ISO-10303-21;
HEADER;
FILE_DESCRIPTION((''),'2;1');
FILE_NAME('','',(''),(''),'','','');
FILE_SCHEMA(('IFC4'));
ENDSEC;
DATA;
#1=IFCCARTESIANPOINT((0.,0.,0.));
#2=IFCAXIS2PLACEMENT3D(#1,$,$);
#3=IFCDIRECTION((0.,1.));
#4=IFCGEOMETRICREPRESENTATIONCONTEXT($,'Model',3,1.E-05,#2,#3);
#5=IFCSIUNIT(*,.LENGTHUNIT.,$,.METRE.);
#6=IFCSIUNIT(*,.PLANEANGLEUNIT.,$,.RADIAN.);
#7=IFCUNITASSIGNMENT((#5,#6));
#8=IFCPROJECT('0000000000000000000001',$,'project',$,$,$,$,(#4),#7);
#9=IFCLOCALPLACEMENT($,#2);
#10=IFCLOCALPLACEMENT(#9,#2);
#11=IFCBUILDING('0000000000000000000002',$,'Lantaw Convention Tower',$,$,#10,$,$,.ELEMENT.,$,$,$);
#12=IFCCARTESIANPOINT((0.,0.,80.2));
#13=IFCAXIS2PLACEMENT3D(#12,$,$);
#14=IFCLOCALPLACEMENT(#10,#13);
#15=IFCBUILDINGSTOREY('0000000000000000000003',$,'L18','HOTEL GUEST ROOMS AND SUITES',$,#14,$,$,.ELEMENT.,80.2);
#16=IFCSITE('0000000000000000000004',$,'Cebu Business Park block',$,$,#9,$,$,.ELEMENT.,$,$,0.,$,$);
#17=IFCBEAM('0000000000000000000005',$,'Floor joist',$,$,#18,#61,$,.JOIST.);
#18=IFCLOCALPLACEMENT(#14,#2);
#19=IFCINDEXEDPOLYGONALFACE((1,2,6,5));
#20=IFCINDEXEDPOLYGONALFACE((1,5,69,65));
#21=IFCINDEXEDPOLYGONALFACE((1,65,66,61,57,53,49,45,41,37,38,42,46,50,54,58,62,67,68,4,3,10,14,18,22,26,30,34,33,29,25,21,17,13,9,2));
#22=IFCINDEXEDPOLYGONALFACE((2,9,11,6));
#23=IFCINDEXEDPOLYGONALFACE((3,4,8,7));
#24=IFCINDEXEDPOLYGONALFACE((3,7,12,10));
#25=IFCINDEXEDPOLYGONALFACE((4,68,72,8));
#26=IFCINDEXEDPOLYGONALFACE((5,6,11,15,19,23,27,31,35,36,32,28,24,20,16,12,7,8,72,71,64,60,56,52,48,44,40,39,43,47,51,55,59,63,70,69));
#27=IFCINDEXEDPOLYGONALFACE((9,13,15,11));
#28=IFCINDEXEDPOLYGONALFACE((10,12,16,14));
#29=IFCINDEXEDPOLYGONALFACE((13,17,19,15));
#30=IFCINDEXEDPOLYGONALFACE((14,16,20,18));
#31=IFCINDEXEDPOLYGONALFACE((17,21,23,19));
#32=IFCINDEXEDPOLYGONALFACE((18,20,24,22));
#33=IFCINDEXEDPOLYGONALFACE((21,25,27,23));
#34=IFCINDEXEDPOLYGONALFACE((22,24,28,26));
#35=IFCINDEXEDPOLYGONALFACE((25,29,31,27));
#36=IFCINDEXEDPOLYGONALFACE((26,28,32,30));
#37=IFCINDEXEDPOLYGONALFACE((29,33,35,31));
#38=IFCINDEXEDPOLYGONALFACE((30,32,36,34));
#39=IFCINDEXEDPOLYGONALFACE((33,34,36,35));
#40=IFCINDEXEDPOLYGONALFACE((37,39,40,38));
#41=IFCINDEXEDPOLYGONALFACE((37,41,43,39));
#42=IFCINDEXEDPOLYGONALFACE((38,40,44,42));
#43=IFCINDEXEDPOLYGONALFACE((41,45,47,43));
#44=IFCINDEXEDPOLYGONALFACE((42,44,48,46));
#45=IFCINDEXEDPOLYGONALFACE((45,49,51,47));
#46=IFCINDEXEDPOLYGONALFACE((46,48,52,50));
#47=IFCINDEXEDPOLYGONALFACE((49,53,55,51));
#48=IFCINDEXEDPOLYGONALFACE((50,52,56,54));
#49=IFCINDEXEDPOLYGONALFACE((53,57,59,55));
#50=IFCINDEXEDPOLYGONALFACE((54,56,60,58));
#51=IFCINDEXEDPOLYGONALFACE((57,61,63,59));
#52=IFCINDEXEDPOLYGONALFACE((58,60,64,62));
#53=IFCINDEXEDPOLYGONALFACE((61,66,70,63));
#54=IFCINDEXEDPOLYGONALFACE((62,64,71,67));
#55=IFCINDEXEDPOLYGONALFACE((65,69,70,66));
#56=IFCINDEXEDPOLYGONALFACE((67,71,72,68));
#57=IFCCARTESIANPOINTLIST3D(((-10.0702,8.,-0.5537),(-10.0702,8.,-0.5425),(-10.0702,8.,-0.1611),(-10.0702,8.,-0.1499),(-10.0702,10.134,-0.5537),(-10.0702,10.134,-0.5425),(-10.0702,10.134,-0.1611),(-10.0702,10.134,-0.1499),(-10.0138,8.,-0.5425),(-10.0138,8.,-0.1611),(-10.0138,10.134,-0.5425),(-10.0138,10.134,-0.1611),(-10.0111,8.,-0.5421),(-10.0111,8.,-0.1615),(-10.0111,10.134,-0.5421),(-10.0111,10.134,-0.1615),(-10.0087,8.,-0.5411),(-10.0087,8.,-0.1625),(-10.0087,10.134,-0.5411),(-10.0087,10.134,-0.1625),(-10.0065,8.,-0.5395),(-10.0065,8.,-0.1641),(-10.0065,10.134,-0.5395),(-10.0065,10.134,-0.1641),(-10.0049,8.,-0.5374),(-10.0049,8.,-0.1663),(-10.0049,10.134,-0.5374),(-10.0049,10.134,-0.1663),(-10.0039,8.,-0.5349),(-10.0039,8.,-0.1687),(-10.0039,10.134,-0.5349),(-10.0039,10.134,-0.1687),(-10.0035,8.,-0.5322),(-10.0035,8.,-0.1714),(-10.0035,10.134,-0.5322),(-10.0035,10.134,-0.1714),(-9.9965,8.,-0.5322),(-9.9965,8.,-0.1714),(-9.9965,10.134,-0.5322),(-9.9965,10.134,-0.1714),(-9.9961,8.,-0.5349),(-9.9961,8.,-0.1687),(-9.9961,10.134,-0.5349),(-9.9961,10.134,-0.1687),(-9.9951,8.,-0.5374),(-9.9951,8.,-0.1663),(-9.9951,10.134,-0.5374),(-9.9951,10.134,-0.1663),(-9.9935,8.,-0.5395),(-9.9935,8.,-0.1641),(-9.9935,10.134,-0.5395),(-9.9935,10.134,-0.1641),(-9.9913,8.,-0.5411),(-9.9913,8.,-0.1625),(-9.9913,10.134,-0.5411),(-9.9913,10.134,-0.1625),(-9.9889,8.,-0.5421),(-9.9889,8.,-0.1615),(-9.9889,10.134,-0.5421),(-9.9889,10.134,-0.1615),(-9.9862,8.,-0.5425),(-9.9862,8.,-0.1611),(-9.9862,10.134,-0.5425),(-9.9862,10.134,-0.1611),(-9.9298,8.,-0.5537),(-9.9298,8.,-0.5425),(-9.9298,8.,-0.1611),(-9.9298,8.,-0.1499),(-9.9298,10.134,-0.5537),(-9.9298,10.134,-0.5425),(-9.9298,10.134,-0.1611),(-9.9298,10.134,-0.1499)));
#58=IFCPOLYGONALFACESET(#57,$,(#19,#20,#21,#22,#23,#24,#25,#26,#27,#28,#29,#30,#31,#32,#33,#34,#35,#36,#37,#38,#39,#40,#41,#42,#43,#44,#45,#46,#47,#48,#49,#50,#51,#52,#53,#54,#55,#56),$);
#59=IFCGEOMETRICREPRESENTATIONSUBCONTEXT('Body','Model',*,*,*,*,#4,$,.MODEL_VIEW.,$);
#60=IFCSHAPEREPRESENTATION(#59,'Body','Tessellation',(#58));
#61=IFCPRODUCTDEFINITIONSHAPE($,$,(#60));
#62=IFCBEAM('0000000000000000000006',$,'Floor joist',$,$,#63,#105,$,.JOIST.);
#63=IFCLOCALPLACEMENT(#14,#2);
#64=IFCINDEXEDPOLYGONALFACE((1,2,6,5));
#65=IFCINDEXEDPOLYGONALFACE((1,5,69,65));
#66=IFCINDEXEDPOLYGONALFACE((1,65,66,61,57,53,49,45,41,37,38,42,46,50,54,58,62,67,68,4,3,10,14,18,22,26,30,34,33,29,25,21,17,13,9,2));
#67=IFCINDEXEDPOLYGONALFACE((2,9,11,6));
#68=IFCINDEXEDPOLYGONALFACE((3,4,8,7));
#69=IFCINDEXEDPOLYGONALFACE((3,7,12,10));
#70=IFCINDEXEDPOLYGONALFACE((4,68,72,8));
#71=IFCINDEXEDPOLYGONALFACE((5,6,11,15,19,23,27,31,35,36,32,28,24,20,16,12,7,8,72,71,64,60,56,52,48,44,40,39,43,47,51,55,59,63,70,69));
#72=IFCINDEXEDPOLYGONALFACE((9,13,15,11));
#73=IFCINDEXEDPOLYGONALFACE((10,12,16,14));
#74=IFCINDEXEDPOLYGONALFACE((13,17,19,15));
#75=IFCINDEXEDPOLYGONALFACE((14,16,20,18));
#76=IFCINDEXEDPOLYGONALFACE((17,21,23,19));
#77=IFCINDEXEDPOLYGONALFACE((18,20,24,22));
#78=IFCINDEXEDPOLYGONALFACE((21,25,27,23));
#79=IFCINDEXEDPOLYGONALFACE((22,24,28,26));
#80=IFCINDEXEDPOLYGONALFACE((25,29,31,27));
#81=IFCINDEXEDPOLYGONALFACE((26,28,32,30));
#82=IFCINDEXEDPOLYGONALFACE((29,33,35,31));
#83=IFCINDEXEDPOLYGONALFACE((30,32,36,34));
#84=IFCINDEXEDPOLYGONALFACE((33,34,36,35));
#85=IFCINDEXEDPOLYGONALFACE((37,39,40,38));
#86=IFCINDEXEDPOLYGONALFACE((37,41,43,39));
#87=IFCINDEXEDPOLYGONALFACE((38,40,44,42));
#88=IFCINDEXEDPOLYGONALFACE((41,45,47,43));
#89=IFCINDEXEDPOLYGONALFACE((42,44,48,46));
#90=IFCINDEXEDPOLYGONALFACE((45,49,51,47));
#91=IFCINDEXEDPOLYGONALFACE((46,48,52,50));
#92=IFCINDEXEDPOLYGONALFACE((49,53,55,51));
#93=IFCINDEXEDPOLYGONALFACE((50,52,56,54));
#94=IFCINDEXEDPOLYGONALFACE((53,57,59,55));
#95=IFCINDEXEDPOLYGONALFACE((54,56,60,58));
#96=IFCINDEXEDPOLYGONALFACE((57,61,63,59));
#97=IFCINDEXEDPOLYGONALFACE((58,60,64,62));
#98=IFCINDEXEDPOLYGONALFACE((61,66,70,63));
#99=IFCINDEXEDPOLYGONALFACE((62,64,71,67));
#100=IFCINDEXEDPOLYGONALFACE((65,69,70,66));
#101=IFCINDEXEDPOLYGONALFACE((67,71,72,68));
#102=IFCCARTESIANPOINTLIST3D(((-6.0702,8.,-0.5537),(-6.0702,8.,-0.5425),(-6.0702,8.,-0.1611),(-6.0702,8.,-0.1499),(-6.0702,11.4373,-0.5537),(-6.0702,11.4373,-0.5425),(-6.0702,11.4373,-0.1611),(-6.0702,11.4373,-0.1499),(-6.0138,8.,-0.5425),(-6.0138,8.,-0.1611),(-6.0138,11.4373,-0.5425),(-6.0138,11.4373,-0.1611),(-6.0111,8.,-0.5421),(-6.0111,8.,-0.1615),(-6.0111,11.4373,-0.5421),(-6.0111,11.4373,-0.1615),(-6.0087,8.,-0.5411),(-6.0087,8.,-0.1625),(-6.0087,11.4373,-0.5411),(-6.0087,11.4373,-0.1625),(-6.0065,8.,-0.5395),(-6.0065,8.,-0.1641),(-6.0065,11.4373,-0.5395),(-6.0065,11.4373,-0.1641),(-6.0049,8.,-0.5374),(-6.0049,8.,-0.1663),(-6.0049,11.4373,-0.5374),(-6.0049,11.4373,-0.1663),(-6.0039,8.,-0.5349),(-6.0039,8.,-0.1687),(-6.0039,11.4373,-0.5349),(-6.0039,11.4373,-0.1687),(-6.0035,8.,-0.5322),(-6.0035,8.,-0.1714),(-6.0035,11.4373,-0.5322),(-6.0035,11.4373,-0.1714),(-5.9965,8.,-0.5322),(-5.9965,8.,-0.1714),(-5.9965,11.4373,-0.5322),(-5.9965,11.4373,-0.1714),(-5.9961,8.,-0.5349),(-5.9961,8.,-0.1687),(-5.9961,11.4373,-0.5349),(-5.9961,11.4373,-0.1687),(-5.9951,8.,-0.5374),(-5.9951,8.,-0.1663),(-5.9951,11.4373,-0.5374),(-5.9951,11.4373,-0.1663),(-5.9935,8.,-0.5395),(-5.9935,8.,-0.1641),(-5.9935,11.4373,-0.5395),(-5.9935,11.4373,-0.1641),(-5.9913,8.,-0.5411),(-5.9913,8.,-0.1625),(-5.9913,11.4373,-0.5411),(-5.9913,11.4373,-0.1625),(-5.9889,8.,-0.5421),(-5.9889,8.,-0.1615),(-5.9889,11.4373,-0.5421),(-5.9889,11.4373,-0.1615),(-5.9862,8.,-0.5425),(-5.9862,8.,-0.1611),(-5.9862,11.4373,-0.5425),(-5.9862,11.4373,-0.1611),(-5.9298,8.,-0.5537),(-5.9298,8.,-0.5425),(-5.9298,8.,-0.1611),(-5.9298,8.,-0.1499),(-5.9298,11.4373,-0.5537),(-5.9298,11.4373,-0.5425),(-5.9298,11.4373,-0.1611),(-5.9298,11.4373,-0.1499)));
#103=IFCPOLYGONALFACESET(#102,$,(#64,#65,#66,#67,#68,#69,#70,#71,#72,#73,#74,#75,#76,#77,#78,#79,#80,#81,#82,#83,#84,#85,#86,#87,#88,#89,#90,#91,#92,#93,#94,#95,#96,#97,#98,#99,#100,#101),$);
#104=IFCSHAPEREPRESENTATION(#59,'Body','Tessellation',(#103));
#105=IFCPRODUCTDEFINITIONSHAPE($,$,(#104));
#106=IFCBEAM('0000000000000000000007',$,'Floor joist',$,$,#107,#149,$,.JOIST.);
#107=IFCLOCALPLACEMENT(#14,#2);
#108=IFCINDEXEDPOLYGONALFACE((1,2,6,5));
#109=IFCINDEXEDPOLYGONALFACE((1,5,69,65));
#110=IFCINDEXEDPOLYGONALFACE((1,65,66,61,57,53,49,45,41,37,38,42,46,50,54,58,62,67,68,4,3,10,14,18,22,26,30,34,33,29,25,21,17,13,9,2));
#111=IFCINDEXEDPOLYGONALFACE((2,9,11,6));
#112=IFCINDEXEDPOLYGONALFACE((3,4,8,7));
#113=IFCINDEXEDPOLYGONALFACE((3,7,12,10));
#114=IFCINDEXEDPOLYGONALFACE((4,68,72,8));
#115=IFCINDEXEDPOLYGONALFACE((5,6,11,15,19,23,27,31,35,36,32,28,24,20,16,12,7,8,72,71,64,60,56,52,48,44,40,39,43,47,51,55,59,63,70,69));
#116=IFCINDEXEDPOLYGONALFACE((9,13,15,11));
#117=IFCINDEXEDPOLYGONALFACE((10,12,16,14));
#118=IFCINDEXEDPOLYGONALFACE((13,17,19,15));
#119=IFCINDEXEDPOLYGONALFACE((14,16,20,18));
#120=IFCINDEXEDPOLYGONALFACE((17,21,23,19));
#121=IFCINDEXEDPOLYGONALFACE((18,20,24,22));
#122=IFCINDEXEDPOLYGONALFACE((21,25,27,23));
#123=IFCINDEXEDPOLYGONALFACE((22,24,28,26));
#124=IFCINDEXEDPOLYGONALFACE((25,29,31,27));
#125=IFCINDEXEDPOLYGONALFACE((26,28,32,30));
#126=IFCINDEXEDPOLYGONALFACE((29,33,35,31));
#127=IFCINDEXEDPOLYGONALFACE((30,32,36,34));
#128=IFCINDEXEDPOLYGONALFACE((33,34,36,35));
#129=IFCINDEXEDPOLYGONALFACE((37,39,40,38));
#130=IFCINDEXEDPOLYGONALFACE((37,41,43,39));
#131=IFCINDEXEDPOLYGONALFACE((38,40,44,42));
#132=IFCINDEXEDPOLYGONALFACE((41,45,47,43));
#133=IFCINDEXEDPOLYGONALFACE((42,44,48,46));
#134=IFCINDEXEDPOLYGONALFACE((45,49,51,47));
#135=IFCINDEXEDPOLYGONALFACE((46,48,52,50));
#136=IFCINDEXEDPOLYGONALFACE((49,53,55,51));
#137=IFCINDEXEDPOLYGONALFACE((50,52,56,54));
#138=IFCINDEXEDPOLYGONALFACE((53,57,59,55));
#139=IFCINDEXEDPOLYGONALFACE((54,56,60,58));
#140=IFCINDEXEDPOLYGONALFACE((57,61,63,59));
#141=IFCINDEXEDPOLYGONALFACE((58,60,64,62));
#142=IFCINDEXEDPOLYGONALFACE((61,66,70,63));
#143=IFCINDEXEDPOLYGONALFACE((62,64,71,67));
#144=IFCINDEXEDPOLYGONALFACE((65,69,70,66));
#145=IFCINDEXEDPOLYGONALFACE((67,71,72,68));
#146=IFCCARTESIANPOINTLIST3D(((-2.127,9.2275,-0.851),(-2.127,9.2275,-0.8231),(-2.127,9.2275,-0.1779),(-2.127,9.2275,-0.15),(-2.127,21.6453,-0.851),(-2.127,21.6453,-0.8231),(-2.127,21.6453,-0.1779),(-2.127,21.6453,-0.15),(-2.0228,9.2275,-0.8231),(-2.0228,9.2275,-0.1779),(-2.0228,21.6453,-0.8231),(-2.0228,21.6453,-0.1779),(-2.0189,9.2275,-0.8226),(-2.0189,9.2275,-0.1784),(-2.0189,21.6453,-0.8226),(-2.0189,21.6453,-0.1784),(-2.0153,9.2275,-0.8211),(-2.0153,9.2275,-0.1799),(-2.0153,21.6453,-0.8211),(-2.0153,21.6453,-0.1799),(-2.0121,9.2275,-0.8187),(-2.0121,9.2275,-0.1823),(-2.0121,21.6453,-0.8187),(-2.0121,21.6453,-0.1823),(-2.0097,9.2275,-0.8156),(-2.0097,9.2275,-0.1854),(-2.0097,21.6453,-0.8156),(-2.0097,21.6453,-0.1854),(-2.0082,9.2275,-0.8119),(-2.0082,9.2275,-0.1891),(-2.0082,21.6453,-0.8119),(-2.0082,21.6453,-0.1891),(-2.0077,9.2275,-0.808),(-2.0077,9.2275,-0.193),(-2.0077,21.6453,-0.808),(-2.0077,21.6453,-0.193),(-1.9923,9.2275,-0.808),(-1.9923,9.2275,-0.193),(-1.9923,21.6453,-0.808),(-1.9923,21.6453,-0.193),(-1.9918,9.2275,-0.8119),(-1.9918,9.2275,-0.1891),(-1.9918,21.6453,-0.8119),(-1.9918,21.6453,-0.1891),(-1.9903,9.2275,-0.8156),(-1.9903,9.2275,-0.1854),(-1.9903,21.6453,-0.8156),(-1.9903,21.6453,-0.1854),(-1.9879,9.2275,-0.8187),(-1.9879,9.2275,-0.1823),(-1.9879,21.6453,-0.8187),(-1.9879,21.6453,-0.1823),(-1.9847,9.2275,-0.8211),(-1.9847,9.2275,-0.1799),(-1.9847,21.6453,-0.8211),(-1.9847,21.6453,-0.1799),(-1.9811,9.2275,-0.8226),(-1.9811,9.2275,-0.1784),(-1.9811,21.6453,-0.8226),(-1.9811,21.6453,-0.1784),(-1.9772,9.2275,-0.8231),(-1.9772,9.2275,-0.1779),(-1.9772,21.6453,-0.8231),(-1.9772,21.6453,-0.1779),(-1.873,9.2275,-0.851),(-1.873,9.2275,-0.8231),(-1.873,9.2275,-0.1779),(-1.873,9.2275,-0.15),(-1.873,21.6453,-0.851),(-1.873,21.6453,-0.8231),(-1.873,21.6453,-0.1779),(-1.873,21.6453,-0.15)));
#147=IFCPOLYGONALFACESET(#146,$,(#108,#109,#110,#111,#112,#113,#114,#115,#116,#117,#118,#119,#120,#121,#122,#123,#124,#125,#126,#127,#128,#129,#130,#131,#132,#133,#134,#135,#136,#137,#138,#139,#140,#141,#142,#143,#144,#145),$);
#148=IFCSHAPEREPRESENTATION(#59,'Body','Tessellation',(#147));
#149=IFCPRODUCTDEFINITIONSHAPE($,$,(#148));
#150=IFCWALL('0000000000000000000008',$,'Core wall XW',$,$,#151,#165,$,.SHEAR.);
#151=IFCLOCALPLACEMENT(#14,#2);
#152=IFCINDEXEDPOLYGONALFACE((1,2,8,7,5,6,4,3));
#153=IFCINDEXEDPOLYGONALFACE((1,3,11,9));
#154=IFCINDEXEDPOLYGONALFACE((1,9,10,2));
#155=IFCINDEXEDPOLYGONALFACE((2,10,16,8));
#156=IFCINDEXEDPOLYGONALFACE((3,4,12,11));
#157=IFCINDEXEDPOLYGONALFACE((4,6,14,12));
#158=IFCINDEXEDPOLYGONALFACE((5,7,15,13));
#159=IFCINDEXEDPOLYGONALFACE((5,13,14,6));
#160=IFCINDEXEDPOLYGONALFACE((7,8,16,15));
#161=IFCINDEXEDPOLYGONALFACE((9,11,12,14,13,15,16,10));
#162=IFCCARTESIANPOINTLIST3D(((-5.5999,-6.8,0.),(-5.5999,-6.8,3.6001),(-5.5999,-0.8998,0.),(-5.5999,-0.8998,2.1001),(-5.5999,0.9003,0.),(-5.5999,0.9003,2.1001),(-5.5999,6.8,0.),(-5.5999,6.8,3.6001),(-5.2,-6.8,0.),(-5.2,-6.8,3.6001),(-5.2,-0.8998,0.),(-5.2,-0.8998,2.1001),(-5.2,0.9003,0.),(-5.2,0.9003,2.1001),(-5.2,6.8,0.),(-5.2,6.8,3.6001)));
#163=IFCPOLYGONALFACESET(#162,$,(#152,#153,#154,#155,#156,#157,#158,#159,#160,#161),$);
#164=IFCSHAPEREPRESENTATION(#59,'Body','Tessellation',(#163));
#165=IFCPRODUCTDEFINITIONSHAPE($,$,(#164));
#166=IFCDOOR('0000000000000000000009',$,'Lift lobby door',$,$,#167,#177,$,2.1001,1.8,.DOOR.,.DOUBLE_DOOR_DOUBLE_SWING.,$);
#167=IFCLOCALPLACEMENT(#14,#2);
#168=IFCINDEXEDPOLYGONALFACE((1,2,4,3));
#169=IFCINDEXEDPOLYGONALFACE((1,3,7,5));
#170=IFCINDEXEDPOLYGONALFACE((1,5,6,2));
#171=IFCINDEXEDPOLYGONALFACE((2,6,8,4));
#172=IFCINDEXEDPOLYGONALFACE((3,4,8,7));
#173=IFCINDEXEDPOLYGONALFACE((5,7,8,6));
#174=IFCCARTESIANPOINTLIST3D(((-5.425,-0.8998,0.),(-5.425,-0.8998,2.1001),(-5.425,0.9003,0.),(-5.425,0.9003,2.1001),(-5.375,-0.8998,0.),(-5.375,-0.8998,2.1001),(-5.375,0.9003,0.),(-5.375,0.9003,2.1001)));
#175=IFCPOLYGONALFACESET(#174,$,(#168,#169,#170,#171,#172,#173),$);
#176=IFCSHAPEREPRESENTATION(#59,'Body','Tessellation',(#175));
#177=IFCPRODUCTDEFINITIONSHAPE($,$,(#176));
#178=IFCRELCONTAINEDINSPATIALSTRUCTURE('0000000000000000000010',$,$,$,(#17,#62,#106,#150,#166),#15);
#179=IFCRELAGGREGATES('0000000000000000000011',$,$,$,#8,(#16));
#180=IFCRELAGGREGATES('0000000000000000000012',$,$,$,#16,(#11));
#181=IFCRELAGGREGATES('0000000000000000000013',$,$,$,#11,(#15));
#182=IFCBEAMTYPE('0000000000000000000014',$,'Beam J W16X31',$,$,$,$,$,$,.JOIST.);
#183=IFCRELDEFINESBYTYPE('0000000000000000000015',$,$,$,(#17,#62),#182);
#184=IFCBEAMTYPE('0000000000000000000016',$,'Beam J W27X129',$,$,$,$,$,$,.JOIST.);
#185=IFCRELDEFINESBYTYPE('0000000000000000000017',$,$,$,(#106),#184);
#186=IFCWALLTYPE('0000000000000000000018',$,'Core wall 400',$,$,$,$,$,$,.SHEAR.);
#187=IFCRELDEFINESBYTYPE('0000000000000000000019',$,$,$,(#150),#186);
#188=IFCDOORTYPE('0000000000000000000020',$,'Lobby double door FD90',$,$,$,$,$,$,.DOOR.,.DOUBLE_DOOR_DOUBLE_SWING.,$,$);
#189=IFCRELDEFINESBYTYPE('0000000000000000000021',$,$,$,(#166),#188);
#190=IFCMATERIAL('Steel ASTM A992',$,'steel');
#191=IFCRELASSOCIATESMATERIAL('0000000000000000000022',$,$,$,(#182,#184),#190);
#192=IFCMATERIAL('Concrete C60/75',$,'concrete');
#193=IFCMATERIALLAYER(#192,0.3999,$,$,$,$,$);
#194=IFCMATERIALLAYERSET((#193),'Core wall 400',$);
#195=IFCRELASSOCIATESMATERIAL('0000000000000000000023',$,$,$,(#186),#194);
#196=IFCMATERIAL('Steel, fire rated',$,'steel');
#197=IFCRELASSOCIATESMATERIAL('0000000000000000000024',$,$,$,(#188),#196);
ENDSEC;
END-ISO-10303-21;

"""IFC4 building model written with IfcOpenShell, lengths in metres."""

from ifc_helpers import new_model, si_unit, direction, frame, frame_2d, origin, origin_2d, place, context, subcontext, project, spatial, rectangle, i_section, extrude, material, layer, layer_set, material_profile, profile_set, type_object, element, fill, save


model = new_model("IFC4")

# Units and contexts
model_context = context("Model", 3, precision=1e-05, world=origin(), true_north=direction((0.0, 1.0)))
body_context = subcontext(model_context, "Body", "Model", "MODEL_VIEW")
ifc_project = project(units=[si_unit("LENGTHUNIT", "METRE"), si_unit("PLANEANGLEUNIT", "RADIAN")], contexts=[model_context])

# Site, building, storey
site_placement = place(None, origin())
site = spatial("IfcSite", under=ifc_project, at=site_placement, Name="Cebu Business Park block", CompositionType="ELEMENT", RefElevation=0.0)
building_placement = place(site_placement, origin())
building = spatial("IfcBuilding", under=site, at=building_placement, Name="Lantaw Convention Tower", CompositionType="ELEMENT")
storey_placement = place(building_placement, frame((0.0, 0.0, 80.2)))
storey = spatial("IfcBuildingStorey", under=building, at=storey_placement, Name="L18", Description="HOTEL GUEST ROOMS AND SUITES", CompositionType="ELEMENT", Elevation=80.2)

# Beams
ifc_material_1 = material(Name="Steel ASTM A992", Category="steel")
ifc_material_profile_1 = material_profile(ifc_material_1, i_section(OverallWidth=0.1404, OverallDepth=0.4038, WebThickness=0.0071, FlangeThickness=0.0112, FilletRadius=0.0103, at=origin_2d()), Name="W16X31")
ifc_profile_set_1 = profile_set([ifc_material_profile_1], Name="Steel ASTM A992")
beam_type_1 = type_object("IfcBeamType", Name="Beam J W16X31", PredefinedType="JOIST", material=ifc_profile_set_1)
beam_1_placement = place(storey_placement, frame((-10.0, 8.0, -0.3518), z_axis=(0.0, 1.0, 0.0), x_axis=(-1.0, 0.0, 0.0)))
element("IfcBeam", 1, at=beam_1_placement, inside=storey, type_object=beam_type_1, Name="Floor joist", PredefinedType="JOIST", context=body_context, shape_type="SweptSolid", body=[
    extrude(i_section(OverallWidth=0.1404, OverallDepth=0.4038, WebThickness=0.0071, FlangeThickness=0.0112, FilletRadius=0.0103, at=origin_2d()), origin(), (0.0, 0.0, 1.0), 2.134),
])
beam_2_placement = place(storey_placement, frame((-6.0, 8.0, -0.3518), z_axis=(0.0, 1.0, 0.0), x_axis=(-1.0, 0.0, 0.0)))
element("IfcBeam", 2, at=beam_2_placement, inside=storey, type_object=beam_type_1, Name="Floor joist", PredefinedType="JOIST", context=body_context, shape_type="SweptSolid", body=[
    extrude(i_section(OverallWidth=0.1404, OverallDepth=0.4038, WebThickness=0.0071, FlangeThickness=0.0112, FilletRadius=0.0103, at=origin_2d()), origin(), (0.0, 0.0, 1.0), 3.4373),
])
ifc_material_profile_2 = material_profile(ifc_material_1, i_section(OverallWidth=0.2539, OverallDepth=0.7009, WebThickness=0.0154, FlangeThickness=0.0278, FilletRadius=0.0151, at=origin_2d()), Name="W27X129")
ifc_profile_set_2 = profile_set([ifc_material_profile_2], Name="Steel ASTM A992")
beam_type_2 = type_object("IfcBeamType", Name="Beam J W27X129", PredefinedType="JOIST", material=ifc_profile_set_2)
beam_3_placement = place(storey_placement, frame((-2.0, 9.2275, -0.5005), z_axis=(0.0, 1.0, 0.0), x_axis=(-1.0, 0.0, 0.0)))
element("IfcBeam", 3, at=beam_3_placement, inside=storey, type_object=beam_type_2, Name="Floor joist", PredefinedType="JOIST", context=body_context, shape_type="SweptSolid", body=[
    extrude(i_section(OverallWidth=0.2539, OverallDepth=0.7009, WebThickness=0.0154, FlangeThickness=0.0278, FilletRadius=0.0151, at=origin_2d()), origin(), (0.0, 0.0, 1.0), 12.4177),
])

# Wall, opening, door
ifc_material_2 = material(Name="Concrete C60/75", Category="concrete")
ifc_layer_1 = layer(ifc_material_2, 0.3999)
ifc_layer_set_1 = layer_set([ifc_layer_1], Name="Core wall 400")
wall_type_1 = type_object("IfcWallType", Name="Core wall 400", PredefinedType="SHEAR", material=ifc_layer_set_1)
wall_1_placement = place(storey_placement, frame((-5.3999, 6.8, 0.0), z_axis=(0.0, 0.0, 1.0), x_axis=(0.0, -1.0, 0.0)))
wall_1 = element("IfcWall", 4, at=wall_1_placement, inside=storey, type_object=wall_type_1, Name="Core wall XW", PredefinedType="SHEAR", context=body_context, shape_type="SweptSolid", body=[
    extrude(rectangle(XDim=13.6001, YDim=0.3999, at=frame_2d((6.8, 0.0))), origin(), (0.0, 0.0, 1.0), 3.6001),
])
opening_placement = place(wall_1_placement, frame((5.8999, 0.0, 0.0)))
opening = element("IfcOpeningElement", 5, at=opening_placement, cuts=wall_1, PredefinedType="OPENING", context=body_context, shape_type="SweptSolid", body=[
    extrude(rectangle(XDim=1.8, YDim=2.1001, at=frame_2d((0.8999, 1.05))), frame((0.0, 0.21, 0.0), z_axis=(0.0, -1.0, 0.0), x_axis=(1.0, 0.0, 0.0)), (0.0, 0.0, 1.0), 0.4199),
])
ifc_material_3 = material(Name="Steel, fire rated", Category="steel")
door_type = type_object("IfcDoorType", Name="Lobby double door FD90", OperationType="DOUBLE_DOOR_DOUBLE_SWING", PredefinedType="DOOR", material=ifc_material_3)
door_placement = place(opening_placement, origin())
door = element("IfcDoor", 6, at=door_placement, inside=storey, type_object=door_type, Name="Lift lobby door", OperationType="DOUBLE_DOOR_DOUBLE_SWING", OverallHeight=2.1001, OverallWidth=1.8, PredefinedType="DOOR", context=body_context, shape_type="SweptSolid", body=[
    extrude(rectangle(XDim=1.8, YDim=2.1001, at=frame_2d((0.8999, 1.05))), frame((0.0, 0.0249, 0.0), z_axis=(0.0, -1.0, 0.0), x_axis=(1.0, 0.0, 0.0)), (0.0, 0.0, 1.0), 0.05),
])
fill(opening, door)

save(model, "model.ifc")
